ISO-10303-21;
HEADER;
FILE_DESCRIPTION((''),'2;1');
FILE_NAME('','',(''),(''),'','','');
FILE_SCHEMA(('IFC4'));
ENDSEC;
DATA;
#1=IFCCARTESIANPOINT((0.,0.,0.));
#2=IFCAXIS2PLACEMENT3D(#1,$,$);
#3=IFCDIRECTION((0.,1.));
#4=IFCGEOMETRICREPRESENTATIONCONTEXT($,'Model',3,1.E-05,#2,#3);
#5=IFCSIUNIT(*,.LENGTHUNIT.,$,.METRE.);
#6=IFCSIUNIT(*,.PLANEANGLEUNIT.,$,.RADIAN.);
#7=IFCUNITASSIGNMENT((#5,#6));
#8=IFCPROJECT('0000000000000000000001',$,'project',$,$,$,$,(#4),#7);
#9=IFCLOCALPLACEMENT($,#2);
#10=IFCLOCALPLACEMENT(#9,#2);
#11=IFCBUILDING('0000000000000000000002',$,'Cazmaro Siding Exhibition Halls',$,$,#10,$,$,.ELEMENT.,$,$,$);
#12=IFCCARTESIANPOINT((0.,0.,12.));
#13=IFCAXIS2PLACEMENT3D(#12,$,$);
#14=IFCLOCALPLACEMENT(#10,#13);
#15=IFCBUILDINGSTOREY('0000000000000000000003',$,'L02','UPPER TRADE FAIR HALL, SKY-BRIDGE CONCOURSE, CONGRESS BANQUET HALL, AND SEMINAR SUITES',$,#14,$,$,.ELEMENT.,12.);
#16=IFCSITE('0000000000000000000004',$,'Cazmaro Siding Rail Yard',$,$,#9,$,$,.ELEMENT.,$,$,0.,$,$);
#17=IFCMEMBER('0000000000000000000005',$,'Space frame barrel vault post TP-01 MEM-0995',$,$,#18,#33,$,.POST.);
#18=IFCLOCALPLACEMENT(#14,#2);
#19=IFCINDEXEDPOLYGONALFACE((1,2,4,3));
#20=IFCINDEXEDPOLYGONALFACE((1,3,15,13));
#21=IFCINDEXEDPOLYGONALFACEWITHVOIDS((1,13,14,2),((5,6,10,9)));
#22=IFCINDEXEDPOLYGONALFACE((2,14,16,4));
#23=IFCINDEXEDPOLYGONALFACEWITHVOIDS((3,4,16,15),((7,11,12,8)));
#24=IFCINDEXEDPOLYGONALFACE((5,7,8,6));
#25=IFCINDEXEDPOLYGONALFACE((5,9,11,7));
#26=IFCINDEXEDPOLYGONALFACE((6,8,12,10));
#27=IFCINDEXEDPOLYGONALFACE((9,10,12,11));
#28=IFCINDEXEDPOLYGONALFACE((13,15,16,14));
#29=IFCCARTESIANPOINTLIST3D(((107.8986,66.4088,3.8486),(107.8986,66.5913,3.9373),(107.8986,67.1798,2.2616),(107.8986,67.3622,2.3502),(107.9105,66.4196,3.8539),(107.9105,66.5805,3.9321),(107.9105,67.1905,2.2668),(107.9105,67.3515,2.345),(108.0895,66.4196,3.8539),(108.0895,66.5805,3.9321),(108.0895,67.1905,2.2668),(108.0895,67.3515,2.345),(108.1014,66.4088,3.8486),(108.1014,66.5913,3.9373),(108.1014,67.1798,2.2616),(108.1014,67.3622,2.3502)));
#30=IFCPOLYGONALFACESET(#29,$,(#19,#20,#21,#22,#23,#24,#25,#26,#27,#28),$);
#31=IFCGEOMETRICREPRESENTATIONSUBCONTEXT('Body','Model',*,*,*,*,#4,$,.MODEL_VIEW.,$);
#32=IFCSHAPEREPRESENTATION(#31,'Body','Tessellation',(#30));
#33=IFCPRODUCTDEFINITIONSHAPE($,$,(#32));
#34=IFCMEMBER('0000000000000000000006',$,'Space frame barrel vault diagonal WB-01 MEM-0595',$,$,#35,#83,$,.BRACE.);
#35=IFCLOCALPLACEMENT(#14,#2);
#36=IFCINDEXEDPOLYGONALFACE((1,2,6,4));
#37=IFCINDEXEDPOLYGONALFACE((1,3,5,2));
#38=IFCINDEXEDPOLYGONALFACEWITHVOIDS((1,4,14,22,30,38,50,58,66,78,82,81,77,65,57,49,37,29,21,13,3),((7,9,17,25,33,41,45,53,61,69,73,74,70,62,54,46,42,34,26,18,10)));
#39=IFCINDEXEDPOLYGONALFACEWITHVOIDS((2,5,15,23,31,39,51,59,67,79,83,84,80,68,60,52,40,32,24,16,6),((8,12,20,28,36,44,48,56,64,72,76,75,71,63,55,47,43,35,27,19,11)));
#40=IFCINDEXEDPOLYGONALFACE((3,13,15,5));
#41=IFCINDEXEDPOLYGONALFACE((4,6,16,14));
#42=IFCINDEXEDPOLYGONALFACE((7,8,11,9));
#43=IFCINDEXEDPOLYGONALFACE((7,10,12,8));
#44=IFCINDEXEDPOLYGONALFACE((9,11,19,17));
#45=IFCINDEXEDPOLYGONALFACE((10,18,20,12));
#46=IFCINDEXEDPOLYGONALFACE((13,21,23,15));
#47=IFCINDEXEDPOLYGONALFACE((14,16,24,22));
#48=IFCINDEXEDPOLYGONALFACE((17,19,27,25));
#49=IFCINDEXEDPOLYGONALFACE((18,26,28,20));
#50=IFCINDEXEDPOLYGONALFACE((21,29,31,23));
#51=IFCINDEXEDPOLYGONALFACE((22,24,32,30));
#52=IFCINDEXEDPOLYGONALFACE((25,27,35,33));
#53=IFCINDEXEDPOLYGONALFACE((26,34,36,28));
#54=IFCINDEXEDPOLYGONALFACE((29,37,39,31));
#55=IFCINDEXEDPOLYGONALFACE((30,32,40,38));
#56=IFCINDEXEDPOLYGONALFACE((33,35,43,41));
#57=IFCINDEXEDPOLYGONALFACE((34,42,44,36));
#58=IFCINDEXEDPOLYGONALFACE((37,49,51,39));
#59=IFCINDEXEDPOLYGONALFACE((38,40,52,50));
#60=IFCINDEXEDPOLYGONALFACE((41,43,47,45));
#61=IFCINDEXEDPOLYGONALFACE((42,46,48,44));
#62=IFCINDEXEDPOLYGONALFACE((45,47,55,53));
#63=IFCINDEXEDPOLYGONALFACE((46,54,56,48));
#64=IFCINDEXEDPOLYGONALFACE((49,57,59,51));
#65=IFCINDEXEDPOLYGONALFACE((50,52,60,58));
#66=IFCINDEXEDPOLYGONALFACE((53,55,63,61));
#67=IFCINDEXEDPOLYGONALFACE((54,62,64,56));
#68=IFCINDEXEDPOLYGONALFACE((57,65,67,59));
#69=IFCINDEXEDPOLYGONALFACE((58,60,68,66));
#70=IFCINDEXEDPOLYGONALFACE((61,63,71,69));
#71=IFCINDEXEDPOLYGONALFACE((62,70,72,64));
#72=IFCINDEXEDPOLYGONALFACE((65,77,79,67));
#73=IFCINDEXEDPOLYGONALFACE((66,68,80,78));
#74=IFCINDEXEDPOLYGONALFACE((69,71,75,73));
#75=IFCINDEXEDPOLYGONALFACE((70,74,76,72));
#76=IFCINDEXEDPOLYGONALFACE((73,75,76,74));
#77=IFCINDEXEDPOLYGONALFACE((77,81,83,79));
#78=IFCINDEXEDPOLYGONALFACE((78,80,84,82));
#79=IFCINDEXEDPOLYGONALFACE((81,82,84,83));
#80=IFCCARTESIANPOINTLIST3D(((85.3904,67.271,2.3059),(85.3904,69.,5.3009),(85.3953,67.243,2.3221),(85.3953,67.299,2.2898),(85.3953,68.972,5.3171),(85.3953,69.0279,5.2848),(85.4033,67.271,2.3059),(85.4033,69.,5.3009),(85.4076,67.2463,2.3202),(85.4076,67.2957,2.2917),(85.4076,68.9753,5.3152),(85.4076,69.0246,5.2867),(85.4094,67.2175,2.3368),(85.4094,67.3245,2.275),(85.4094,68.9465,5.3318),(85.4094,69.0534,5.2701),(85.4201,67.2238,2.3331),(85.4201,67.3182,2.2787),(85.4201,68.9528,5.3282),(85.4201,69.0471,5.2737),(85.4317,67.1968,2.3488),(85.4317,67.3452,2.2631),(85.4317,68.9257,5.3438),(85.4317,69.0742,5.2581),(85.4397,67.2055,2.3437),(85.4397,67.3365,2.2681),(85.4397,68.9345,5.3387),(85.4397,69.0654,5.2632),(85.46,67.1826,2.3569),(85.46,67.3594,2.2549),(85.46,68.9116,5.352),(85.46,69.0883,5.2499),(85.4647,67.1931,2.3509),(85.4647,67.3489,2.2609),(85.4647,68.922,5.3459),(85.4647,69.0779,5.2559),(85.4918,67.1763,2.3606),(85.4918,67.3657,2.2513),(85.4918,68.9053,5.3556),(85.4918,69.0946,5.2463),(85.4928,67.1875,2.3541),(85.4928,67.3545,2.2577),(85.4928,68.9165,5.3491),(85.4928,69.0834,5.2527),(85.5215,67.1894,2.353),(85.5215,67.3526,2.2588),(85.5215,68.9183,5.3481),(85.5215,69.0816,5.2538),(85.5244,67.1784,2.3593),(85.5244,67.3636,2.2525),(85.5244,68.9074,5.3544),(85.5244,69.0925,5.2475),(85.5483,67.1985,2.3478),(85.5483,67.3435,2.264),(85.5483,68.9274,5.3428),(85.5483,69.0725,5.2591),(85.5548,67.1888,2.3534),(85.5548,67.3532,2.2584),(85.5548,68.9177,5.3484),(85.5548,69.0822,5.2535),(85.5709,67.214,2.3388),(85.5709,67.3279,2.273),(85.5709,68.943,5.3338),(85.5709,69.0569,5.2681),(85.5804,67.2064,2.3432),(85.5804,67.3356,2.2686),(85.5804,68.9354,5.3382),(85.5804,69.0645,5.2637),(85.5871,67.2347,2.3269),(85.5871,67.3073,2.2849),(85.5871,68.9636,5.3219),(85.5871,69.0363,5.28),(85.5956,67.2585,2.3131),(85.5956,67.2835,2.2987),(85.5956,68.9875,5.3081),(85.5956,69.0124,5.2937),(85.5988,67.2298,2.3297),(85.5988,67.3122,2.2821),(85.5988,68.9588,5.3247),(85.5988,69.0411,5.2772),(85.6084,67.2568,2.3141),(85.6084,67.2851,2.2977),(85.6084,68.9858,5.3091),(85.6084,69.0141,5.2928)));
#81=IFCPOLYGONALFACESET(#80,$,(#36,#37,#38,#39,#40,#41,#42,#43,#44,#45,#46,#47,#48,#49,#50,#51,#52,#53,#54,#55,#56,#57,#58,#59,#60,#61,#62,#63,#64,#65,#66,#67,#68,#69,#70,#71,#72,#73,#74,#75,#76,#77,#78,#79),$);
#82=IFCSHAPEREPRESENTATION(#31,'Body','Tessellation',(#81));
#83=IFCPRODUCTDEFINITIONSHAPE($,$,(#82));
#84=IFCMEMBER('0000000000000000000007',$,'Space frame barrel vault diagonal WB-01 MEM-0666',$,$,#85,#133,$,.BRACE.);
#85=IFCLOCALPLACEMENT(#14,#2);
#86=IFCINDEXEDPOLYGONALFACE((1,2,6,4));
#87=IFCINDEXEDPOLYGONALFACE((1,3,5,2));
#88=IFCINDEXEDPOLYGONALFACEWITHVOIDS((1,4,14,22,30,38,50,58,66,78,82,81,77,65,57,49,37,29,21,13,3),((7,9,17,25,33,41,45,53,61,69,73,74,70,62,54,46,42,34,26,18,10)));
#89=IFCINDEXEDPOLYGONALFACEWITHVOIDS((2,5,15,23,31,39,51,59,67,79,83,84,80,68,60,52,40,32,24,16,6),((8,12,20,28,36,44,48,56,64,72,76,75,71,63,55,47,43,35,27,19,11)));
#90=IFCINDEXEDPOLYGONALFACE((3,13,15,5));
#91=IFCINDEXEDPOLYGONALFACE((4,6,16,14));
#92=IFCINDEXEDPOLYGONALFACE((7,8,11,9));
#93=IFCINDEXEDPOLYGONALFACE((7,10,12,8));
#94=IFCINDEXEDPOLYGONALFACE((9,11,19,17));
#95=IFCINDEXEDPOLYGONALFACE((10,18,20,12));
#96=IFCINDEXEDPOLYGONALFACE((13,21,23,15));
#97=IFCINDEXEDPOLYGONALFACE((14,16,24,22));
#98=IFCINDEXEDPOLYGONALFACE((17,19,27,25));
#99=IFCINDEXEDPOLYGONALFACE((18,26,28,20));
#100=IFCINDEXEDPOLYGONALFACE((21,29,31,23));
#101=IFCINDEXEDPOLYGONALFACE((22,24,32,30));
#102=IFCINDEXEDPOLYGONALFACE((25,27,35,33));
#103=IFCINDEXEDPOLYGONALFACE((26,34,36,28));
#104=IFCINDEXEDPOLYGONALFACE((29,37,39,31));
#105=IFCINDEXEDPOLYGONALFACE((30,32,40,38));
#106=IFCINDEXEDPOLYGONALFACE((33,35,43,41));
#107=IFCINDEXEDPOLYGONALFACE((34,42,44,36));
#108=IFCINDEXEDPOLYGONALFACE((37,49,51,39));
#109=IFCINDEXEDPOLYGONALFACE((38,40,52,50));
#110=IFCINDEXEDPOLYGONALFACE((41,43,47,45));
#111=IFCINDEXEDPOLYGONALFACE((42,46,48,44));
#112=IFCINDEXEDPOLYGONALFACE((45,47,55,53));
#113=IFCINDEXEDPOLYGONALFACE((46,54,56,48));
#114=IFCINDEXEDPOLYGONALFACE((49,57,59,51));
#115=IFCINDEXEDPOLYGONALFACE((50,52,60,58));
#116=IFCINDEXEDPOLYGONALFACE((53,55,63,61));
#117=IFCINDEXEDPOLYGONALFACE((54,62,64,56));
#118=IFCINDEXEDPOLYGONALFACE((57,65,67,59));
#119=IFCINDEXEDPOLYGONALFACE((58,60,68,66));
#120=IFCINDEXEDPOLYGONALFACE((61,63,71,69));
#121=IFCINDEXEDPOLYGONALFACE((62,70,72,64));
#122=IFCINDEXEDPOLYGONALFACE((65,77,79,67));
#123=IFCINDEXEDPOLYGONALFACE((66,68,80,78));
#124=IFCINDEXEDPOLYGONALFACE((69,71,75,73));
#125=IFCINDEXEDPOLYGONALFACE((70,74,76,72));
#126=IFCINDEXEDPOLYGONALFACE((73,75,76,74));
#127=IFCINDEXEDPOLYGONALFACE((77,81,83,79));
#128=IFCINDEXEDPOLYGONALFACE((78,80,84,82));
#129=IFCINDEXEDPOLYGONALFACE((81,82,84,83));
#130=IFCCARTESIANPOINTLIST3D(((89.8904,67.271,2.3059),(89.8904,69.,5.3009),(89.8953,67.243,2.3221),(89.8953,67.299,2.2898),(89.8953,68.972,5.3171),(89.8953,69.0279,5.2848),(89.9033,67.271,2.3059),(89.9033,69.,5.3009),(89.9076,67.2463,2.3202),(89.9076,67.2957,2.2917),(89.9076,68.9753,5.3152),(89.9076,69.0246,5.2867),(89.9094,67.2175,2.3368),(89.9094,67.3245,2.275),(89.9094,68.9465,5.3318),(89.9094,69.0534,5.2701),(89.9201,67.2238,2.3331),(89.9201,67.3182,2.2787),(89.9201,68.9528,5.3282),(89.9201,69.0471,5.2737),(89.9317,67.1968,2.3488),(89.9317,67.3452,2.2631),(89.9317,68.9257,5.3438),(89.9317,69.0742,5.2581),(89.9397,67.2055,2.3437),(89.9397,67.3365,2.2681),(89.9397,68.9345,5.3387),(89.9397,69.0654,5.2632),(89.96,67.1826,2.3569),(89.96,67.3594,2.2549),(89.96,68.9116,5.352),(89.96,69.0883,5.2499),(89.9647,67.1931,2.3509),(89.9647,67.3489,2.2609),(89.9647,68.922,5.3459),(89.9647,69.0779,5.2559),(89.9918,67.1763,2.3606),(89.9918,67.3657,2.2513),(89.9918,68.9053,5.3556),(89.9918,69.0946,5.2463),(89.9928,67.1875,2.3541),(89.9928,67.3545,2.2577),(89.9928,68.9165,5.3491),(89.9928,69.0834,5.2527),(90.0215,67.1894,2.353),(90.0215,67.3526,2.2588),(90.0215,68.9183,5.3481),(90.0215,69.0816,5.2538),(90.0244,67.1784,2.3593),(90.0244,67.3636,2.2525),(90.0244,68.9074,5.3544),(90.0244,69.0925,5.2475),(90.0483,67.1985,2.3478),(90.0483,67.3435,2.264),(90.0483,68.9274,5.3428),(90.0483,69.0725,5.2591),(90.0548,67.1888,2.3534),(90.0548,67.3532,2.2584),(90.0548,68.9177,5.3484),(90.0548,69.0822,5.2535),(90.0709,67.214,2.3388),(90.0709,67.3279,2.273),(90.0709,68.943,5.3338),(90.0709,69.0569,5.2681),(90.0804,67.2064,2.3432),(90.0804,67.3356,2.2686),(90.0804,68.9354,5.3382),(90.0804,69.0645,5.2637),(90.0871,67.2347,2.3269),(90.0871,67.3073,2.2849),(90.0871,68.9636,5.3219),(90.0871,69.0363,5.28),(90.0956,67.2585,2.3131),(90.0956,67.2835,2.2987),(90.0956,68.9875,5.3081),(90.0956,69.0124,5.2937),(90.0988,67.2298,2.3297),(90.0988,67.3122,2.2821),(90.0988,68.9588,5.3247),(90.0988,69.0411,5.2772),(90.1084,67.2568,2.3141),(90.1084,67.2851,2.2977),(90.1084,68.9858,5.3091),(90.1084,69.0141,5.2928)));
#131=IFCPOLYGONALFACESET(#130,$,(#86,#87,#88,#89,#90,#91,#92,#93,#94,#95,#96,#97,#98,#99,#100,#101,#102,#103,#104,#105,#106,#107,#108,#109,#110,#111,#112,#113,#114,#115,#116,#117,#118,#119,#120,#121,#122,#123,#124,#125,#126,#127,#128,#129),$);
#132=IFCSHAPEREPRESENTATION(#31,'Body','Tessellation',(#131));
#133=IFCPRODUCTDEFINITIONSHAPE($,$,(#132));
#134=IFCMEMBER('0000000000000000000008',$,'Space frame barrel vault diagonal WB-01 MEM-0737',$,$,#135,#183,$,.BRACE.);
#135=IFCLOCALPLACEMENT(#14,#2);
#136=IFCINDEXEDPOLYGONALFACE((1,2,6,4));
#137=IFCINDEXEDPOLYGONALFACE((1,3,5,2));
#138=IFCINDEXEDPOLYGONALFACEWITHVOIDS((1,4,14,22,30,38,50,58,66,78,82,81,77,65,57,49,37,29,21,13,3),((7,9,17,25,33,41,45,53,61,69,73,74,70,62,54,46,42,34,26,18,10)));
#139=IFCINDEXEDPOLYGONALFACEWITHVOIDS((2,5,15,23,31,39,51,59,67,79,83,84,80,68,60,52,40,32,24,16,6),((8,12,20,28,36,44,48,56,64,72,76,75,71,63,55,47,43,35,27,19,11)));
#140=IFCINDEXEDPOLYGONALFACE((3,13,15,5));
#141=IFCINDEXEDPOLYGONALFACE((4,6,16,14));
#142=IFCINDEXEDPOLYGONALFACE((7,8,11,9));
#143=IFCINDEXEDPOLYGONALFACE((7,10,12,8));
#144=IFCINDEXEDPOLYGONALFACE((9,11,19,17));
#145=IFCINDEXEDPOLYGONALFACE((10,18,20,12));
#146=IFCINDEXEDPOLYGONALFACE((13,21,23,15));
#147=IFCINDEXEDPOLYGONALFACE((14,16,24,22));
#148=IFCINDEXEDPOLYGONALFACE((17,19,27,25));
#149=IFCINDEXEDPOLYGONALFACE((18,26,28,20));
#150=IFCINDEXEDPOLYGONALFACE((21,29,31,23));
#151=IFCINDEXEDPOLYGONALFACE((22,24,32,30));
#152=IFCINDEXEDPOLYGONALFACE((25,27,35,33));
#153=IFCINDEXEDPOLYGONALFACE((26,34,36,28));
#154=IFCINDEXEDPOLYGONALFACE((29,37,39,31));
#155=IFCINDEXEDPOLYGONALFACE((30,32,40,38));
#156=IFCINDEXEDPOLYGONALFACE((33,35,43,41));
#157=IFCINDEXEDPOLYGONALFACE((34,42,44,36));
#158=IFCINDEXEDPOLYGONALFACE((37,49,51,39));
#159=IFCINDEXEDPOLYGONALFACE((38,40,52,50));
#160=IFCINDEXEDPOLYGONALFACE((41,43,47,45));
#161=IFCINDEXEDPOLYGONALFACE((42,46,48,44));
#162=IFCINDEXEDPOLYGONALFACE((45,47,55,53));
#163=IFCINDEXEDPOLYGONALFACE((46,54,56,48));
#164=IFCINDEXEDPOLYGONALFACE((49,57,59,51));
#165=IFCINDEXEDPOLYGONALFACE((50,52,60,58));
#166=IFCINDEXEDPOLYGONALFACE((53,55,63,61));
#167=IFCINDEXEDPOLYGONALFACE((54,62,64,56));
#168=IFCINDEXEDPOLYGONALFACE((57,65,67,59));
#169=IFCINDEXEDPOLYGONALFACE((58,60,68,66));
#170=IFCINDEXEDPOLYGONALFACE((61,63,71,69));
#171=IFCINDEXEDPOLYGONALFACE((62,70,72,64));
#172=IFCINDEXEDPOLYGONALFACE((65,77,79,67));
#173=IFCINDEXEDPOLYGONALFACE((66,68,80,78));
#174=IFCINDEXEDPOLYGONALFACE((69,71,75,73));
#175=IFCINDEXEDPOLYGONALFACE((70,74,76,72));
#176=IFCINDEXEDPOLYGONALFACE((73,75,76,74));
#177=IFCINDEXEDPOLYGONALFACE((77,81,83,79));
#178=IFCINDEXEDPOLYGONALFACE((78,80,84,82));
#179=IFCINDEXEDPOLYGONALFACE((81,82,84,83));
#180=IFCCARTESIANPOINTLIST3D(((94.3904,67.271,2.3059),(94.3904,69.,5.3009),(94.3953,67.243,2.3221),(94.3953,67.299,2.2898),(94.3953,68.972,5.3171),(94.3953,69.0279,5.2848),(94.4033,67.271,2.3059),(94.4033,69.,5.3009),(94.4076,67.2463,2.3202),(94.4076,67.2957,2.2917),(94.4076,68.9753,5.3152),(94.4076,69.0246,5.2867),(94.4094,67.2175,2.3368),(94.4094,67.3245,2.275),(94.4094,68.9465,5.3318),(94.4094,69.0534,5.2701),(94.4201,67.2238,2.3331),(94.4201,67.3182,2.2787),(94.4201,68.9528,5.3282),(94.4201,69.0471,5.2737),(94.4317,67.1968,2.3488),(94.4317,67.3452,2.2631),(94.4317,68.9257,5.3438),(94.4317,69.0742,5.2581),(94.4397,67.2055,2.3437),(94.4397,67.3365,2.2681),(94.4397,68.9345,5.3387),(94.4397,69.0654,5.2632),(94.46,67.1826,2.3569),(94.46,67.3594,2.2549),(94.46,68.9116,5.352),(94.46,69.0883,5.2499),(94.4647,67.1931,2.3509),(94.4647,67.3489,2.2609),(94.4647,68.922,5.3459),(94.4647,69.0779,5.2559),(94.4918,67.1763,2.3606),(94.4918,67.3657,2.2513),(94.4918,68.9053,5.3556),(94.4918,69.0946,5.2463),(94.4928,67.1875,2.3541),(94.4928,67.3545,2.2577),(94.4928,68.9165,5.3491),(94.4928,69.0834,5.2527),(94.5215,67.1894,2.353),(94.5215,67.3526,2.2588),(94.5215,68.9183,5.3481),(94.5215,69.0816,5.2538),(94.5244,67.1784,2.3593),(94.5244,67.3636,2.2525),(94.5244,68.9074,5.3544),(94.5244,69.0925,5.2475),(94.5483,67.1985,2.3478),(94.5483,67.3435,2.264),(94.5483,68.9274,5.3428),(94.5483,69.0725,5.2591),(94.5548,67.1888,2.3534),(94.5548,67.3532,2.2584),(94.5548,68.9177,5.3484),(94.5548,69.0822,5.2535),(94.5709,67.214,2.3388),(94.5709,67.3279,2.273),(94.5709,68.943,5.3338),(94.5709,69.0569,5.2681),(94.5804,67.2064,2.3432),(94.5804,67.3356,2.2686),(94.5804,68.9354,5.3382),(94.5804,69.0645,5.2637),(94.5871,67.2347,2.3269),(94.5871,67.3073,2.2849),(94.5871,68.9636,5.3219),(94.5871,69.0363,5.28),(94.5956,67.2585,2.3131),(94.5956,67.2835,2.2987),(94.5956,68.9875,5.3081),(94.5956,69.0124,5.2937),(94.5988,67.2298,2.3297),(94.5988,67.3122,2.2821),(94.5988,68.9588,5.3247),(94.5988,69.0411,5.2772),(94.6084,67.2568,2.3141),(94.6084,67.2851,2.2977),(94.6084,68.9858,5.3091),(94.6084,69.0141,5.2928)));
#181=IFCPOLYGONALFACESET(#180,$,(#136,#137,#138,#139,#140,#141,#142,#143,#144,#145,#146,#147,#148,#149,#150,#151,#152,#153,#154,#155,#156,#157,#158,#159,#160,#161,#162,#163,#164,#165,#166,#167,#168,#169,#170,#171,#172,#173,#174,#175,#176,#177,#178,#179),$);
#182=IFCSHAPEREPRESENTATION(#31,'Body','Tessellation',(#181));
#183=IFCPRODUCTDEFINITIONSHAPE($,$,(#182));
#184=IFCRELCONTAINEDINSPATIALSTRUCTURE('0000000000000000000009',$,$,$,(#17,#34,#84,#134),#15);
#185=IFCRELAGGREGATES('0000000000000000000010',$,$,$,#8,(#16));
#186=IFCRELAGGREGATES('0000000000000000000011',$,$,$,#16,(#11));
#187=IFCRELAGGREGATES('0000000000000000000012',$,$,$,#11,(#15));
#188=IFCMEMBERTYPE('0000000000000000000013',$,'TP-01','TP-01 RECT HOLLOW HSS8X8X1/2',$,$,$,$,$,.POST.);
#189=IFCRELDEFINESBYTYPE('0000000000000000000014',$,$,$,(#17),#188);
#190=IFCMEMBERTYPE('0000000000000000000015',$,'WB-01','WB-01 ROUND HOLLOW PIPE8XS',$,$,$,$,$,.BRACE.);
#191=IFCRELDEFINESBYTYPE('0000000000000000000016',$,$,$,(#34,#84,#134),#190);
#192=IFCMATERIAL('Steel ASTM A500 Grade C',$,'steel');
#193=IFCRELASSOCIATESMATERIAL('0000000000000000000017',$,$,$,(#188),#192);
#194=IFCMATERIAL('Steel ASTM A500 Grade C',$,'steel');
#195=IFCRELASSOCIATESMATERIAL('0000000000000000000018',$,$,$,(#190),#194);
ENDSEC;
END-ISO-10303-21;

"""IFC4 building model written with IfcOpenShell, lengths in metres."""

from ifc_helpers import new_model, si_unit, direction, frame, origin, origin_2d, place, context, subcontext, project, spatial, hollow_rectangle, hollow_circle, extrude, material, material_profile, profile_set, type_object, element, save


model = new_model("IFC4")

# Units and contexts
model_context = context("Model", 3, precision=1e-05, world=origin(), true_north=direction((0.0, 1.0)))
body_context = subcontext(model_context, "Body", "Model", "MODEL_VIEW")
ifc_project = project(units=[si_unit("LENGTHUNIT", "METRE"), si_unit("PLANEANGLEUNIT", "RADIAN")], contexts=[model_context])

# Site, building, storey
site_placement = place(None, origin())
site = spatial("IfcSite", under=ifc_project, at=site_placement, Name="Cazmaro Siding Rail Yard", CompositionType="ELEMENT", RefElevation=0.0)
building_placement = place(site_placement, origin())
building = spatial("IfcBuilding", under=site, at=building_placement, Name="Cazmaro Siding Exhibition Halls", CompositionType="ELEMENT")
storey_placement = place(building_placement, frame((0.0, 0.0, 12.0)))
storey = spatial("IfcBuildingStorey", under=building, at=storey_placement, Name="L02", Description="UPPER TRADE FAIR HALL, SKY-BRIDGE CONCOURSE, CONGRESS BANQUET HALL, AND SEMINAR SUITES", CompositionType="ELEMENT", Elevation=12.0)

# Members
ifc_material_1 = material(Name="Steel ASTM A500 Grade C", Category="steel")
ifc_material_profile_1 = material_profile(ifc_material_1, hollow_rectangle(XDim=0.2029, YDim=0.2029, WallThickness=0.012, at=origin_2d()), Name="HSS8X8X1/2")
ifc_profile_set_1 = profile_set([ifc_material_profile_1], Name="Steel ASTM A500 Grade C")
member_type_1 = type_object("IfcMemberType", Name="TP-01", Description="TP-01 RECT HOLLOW HSS8X8X1/2", PredefinedType="POST", material=ifc_profile_set_1)
for number, where, z_axis, x_axis, name in (
    (1, (108.0, 67.271, 2.3059), (0.0, -0.436946, 0.899488), (1.0, 0.0, 0.0), "Space frame barrel vault post TP-01 MEM-0995"),
):
    element("IfcMember", number, at=place(storey_placement, frame(where, z_axis=z_axis, x_axis=x_axis)), inside=storey, type_object=member_type_1, Name=name, PredefinedType="POST", context=body_context, shape_type="SweptSolid", body=[
        extrude(hollow_rectangle(XDim=0.2029, YDim=0.2029, WallThickness=0.012, at=origin_2d()), origin(), (0.0, 0.0, 1.0), 1.7644),
    ])
ifc_material_2 = material(Name="Steel ASTM A500 Grade C", Category="steel")
ifc_material_profile_2 = material_profile(ifc_material_2, hollow_circle(Radius=0.1096, WallThickness=0.0129, at=origin_2d()), Name="PIPE8XS")
ifc_profile_set_2 = profile_set([ifc_material_profile_2], Name="Steel ASTM A500 Grade C")
member_type_2 = type_object("IfcMemberType", Name="WB-01", Description="WB-01 ROUND HOLLOW PIPE8XS", PredefinedType="BRACE", material=ifc_profile_set_2)
for number, where, z_axis, x_axis, name in (
    (2, (85.5, 67.271, 2.3059), (0.0, 0.499951, 0.866054), (-1.0, 0.0, 0.0), "Space frame barrel vault diagonal WB-01 MEM-0595"),
    (3, (90.0, 67.271, 2.3059), (0.0, 0.499951, 0.866054), (-1.0, 0.0, 0.0), "Space frame barrel vault diagonal WB-01 MEM-0666"),
    (4, (94.5, 67.271, 2.3059), (0.0, 0.499951, 0.866054), (-1.0, 0.0, 0.0), "Space frame barrel vault diagonal WB-01 MEM-0737"),
):
    element("IfcMember", number, at=place(storey_placement, frame(where, z_axis=z_axis, x_axis=x_axis)), inside=storey, type_object=member_type_2, Name=name, PredefinedType="BRACE", context=body_context, shape_type="SweptSolid", body=[
        extrude(hollow_circle(Radius=0.1096, WallThickness=0.0129, at=origin_2d()), origin(), (0.0, 0.0, 1.0), 3.4583),
    ])

save(model, "model.ifc")
